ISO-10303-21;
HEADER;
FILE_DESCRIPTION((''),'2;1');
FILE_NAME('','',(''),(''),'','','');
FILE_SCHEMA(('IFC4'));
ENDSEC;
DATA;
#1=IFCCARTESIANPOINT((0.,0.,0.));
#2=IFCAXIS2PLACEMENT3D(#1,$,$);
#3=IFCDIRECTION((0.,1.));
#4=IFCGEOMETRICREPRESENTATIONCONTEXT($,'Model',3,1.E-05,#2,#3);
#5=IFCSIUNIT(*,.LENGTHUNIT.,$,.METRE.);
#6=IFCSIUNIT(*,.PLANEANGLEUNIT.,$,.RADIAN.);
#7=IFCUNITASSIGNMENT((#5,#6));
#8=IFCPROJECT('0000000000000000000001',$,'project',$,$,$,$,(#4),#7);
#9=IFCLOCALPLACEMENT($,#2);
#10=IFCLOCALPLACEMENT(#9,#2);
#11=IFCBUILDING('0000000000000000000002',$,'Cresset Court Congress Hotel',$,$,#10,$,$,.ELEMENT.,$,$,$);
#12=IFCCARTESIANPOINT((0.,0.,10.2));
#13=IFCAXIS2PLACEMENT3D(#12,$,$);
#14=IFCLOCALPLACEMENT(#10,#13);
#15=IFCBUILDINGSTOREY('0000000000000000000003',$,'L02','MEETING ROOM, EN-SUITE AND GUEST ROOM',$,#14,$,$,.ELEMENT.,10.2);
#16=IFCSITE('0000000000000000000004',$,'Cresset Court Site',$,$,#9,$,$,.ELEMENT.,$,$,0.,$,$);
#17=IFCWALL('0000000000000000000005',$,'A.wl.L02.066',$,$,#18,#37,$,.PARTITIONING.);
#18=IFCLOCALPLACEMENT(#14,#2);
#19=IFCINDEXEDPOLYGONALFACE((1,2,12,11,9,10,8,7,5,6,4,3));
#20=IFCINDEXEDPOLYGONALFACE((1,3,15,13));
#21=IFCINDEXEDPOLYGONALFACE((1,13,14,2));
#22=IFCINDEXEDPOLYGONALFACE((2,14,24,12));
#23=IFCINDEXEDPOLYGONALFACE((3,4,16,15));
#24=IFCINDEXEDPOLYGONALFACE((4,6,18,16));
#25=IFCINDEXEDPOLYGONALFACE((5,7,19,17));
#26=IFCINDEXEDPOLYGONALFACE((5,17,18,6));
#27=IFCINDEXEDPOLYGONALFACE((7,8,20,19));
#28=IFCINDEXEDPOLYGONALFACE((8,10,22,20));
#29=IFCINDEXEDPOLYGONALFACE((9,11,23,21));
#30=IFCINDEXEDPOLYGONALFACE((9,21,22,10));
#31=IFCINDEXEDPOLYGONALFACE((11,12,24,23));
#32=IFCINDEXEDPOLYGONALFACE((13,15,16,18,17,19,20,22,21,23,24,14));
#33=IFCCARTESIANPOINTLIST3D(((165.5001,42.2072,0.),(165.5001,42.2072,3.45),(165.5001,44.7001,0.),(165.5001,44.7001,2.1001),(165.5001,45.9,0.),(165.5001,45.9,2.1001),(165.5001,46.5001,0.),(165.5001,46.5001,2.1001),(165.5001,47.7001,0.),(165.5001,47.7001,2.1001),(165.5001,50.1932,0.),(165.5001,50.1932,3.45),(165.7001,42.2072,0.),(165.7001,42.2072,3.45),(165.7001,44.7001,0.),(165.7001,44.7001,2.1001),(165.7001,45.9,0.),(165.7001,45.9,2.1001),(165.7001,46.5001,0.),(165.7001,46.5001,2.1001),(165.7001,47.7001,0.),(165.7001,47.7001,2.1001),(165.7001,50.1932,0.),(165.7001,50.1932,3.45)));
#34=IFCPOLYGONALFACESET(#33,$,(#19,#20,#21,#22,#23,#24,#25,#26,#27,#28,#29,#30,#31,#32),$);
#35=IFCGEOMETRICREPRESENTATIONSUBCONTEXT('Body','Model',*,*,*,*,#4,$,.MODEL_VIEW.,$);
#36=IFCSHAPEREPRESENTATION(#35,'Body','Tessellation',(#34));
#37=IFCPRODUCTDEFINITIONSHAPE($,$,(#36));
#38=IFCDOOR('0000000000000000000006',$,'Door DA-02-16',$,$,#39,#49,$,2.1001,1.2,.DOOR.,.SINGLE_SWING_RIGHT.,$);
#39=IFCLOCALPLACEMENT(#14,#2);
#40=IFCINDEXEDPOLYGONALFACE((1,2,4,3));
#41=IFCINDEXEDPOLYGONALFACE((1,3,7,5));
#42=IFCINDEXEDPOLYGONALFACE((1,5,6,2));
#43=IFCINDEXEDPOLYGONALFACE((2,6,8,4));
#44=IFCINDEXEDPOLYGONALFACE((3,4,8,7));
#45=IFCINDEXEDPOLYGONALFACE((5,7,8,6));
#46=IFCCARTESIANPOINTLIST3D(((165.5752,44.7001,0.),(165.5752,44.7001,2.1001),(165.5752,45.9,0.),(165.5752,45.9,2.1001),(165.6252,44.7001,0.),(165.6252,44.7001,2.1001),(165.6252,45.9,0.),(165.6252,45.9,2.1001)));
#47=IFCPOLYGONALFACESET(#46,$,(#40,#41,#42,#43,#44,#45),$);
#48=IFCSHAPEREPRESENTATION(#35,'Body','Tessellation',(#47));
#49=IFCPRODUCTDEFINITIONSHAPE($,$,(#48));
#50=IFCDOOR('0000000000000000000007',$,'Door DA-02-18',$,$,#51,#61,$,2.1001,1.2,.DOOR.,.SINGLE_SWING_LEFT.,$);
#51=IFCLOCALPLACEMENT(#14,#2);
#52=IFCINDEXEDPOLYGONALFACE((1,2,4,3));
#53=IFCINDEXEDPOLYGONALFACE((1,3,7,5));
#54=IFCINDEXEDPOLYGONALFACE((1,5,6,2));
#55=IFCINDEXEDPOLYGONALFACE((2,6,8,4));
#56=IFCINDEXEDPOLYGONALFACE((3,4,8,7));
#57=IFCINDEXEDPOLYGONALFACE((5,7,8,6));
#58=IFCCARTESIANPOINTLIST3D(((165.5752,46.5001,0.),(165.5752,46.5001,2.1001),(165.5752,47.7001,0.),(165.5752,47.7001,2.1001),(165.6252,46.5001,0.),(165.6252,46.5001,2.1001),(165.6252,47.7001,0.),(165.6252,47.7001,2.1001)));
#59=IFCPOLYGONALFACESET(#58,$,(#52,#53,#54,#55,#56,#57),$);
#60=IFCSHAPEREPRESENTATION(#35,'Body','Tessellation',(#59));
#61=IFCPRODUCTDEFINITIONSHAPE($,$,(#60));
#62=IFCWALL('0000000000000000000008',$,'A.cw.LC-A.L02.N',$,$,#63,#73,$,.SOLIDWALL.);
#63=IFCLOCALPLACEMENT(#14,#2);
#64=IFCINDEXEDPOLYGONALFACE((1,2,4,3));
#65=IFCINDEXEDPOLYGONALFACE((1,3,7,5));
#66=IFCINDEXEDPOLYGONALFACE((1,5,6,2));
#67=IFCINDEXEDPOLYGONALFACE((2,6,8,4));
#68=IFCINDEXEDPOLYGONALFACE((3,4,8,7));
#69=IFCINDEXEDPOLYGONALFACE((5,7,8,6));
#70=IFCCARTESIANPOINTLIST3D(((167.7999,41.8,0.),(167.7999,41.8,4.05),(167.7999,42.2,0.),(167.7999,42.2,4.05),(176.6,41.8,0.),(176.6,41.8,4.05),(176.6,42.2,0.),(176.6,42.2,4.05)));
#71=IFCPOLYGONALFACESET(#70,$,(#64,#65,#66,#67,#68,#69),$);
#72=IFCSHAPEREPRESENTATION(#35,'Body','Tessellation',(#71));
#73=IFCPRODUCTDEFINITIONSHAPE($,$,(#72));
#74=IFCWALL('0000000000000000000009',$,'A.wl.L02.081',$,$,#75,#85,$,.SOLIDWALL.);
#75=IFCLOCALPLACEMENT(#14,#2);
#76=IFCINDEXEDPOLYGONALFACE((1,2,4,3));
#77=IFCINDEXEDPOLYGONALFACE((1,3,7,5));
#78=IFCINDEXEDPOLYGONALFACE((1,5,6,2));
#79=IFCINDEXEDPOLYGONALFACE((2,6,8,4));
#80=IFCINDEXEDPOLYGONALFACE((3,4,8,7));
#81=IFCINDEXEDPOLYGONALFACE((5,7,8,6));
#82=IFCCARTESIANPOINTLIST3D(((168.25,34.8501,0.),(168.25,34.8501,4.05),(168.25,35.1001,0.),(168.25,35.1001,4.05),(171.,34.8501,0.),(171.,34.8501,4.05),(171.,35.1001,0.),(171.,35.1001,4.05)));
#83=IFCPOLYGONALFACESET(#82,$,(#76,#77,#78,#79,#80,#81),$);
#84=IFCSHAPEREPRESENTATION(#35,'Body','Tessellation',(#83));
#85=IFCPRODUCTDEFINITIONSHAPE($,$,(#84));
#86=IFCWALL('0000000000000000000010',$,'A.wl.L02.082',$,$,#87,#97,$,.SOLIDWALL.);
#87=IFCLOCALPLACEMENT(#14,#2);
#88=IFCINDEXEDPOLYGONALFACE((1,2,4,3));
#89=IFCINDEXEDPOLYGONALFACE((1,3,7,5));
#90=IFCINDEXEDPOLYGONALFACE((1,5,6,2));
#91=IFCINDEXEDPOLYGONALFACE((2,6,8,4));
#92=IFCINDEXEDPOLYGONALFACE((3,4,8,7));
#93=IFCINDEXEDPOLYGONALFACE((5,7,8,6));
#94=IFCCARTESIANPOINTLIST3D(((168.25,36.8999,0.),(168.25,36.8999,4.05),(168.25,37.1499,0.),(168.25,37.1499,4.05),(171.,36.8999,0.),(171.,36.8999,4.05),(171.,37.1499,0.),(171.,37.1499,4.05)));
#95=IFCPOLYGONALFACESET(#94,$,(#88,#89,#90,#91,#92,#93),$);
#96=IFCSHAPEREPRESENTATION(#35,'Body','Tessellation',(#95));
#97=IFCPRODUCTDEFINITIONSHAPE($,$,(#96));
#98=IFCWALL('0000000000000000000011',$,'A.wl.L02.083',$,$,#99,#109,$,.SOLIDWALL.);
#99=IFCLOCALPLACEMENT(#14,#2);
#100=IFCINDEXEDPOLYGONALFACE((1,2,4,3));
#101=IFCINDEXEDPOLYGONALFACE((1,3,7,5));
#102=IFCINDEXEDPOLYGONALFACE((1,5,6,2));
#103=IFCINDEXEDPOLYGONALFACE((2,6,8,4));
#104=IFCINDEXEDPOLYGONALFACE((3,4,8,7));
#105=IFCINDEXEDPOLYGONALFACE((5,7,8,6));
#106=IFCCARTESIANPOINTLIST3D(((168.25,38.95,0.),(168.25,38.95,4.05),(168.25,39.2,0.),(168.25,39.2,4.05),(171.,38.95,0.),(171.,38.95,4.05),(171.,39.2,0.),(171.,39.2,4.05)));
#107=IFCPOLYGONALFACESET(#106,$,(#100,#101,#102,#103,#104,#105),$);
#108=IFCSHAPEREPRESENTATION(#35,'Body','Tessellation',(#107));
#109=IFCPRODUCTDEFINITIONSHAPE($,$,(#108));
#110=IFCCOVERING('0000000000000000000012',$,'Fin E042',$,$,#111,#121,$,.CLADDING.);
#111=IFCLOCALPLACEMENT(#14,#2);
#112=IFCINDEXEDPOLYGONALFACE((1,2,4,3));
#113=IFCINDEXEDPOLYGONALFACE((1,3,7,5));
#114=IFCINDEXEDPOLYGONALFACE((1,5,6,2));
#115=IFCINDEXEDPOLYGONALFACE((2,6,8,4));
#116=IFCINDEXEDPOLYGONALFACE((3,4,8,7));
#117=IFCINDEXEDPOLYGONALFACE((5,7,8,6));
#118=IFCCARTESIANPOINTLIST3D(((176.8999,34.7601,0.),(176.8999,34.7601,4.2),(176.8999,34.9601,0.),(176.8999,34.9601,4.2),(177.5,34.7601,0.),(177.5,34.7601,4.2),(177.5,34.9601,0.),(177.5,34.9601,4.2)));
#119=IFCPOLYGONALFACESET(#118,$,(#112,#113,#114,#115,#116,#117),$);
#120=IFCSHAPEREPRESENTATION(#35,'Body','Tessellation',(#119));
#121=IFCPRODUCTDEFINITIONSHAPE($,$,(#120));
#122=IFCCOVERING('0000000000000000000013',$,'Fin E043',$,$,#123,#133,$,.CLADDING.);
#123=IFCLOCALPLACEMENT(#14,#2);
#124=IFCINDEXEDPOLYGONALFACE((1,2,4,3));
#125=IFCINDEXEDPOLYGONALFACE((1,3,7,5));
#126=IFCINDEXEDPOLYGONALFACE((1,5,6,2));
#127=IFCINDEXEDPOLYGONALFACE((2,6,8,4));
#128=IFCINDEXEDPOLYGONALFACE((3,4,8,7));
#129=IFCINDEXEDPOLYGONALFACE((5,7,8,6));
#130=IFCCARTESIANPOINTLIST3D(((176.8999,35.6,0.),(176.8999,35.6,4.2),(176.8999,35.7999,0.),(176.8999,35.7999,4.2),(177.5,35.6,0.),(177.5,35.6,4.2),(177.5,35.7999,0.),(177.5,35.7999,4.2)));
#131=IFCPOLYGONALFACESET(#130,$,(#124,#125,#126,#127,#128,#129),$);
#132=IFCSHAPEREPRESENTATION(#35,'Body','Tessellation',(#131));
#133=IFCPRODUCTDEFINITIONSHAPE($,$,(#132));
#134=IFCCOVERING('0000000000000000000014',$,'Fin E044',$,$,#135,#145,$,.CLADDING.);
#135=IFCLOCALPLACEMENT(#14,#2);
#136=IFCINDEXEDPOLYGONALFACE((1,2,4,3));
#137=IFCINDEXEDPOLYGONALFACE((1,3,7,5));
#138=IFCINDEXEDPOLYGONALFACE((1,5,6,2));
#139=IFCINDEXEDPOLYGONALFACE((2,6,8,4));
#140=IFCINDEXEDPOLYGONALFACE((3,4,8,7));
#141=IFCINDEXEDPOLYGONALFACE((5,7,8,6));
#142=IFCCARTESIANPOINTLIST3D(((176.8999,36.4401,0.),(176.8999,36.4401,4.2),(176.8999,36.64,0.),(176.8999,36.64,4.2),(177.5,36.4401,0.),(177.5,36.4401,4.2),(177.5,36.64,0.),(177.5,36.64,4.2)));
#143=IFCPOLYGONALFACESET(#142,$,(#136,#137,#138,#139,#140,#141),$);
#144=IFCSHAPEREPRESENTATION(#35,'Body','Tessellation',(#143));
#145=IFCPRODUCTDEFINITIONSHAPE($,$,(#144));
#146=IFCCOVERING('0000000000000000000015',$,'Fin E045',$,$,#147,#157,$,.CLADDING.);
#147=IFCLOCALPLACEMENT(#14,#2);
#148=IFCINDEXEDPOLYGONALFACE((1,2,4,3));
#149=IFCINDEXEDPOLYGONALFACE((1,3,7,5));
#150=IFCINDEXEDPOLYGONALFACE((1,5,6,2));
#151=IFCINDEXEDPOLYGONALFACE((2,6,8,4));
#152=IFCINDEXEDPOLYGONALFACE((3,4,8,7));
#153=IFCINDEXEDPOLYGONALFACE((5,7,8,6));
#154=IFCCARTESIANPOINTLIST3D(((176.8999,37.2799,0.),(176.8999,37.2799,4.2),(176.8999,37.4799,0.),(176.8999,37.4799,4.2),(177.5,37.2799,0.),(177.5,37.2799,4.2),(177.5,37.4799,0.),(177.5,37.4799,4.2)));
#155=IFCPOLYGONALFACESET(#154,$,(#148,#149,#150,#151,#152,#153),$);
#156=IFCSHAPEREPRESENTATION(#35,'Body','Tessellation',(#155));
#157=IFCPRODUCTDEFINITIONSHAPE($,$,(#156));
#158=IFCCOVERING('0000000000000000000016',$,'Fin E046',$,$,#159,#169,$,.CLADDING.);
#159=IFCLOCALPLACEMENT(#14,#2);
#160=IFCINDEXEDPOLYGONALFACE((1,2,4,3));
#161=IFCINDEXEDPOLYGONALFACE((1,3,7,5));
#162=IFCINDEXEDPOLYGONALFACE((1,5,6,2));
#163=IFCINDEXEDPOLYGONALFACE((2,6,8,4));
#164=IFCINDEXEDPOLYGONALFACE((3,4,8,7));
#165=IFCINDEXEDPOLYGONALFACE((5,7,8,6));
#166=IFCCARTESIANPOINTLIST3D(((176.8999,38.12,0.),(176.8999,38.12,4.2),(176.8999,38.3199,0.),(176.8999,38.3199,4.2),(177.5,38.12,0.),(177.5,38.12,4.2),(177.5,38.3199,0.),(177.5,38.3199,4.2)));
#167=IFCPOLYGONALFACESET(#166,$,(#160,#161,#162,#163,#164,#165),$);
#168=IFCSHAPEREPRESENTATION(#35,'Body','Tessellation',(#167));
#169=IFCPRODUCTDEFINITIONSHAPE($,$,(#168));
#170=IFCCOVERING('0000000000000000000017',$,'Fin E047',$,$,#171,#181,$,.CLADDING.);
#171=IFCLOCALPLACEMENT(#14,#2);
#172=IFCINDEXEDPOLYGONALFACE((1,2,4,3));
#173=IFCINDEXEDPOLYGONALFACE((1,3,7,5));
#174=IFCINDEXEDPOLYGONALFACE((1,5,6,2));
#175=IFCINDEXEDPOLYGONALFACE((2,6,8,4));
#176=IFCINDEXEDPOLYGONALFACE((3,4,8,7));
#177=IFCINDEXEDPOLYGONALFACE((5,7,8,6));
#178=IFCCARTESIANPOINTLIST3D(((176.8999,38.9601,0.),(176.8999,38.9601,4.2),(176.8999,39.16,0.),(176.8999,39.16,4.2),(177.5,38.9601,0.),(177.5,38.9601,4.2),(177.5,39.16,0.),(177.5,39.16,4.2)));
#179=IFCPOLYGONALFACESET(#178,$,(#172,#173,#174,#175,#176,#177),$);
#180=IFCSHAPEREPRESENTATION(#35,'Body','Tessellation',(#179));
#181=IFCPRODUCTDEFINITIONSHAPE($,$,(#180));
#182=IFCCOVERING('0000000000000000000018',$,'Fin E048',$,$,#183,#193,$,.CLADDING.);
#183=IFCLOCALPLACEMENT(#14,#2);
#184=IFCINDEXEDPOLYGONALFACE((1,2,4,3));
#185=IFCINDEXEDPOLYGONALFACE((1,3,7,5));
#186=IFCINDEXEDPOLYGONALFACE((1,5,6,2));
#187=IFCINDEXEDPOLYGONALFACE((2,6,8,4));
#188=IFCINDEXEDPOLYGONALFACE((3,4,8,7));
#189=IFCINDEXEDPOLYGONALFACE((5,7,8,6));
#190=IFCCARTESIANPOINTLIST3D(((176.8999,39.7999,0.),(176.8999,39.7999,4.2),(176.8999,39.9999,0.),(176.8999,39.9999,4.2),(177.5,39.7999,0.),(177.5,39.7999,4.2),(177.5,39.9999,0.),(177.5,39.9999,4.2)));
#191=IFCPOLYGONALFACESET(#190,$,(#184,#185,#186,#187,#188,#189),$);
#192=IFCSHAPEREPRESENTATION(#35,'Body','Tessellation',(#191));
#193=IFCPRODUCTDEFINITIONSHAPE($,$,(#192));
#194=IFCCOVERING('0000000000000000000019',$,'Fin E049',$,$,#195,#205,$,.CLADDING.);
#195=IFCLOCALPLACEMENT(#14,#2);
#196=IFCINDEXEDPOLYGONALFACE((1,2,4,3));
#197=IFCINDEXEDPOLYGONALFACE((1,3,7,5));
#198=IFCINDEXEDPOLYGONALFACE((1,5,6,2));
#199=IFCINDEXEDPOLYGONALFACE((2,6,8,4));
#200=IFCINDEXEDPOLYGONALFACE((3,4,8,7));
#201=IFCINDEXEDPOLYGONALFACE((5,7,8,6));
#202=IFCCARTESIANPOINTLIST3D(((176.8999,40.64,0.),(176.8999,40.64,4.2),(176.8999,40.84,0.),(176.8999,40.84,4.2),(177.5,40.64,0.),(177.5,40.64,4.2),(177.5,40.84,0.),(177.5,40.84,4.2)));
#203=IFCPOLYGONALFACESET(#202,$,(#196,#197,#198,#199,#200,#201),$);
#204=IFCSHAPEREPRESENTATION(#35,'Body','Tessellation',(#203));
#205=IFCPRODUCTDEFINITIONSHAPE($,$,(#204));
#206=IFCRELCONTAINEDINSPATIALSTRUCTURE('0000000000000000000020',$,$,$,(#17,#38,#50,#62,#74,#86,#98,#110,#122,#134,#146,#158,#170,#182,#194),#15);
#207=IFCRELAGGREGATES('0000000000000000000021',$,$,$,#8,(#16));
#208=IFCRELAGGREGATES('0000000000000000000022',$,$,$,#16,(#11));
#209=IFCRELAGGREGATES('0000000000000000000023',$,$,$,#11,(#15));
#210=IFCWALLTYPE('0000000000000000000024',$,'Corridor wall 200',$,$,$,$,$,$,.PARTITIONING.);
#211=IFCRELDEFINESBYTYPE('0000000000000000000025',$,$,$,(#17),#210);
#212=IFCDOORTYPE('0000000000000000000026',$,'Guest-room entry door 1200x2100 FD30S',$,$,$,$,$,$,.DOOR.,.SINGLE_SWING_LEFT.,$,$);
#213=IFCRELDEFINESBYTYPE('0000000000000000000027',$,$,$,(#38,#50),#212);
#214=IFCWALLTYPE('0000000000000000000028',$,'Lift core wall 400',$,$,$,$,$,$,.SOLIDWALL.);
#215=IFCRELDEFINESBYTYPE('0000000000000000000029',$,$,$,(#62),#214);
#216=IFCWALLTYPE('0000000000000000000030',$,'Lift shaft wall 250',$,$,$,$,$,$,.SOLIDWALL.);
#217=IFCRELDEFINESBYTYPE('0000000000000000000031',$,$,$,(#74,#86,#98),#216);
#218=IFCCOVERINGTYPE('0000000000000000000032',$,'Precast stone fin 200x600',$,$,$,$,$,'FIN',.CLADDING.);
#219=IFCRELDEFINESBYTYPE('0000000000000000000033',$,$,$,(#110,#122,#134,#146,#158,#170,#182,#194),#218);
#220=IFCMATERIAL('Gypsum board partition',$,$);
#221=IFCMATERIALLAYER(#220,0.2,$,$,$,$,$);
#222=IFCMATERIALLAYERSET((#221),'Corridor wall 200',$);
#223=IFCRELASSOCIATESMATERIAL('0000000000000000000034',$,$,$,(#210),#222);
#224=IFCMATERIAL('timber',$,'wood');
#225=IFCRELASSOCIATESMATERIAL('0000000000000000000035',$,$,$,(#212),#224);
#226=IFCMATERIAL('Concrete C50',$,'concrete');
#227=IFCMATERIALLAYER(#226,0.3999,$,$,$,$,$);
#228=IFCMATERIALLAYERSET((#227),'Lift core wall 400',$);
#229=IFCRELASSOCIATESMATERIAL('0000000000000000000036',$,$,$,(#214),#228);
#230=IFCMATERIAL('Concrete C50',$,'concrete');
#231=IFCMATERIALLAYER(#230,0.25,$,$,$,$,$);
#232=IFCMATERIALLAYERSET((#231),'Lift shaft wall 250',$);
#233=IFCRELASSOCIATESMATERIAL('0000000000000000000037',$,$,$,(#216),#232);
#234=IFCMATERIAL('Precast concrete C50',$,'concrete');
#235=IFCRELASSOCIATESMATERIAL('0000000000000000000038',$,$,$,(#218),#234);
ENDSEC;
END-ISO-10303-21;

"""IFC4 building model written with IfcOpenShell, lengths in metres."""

from ifc_helpers import new_model, si_unit, direction, frame, frame_2d, origin, origin_2d, place, context, subcontext, project, spatial, rectangle, extrude, material, layer, layer_set, type_object, element, fill, save


model = new_model("IFC4")

# Units and contexts
model_context = context("Model", 3, precision=1e-05, world=origin(), true_north=direction((0.0, 1.0)))
body_context = subcontext(model_context, "Body", "Model", "MODEL_VIEW")
ifc_project = project(units=[si_unit("LENGTHUNIT", "METRE"), si_unit("PLANEANGLEUNIT", "RADIAN")], contexts=[model_context])

# Site, building, storey
site_placement = place(None, origin())
site = spatial("IfcSite", under=ifc_project, at=site_placement, Name="Cresset Court Site", CompositionType="ELEMENT", RefElevation=0.0)
building_placement = place(site_placement, origin())
building = spatial("IfcBuilding", under=site, at=building_placement, Name="Cresset Court Congress Hotel", CompositionType="ELEMENT")
storey_placement = place(building_placement, frame((0.0, 0.0, 10.2)))
storey = spatial("IfcBuildingStorey", under=building, at=storey_placement, Name="L02", Description="MEETING ROOM, EN-SUITE AND GUEST ROOM", CompositionType="ELEMENT", Elevation=10.2)

# Wall, openings, doors
ifc_material_1 = material(Name="Gypsum board partition")
ifc_layer_1 = layer(ifc_material_1, 0.2)
ifc_layer_set_1 = layer_set([ifc_layer_1], Name="Corridor wall 200")
wall_type_1 = type_object("IfcWallType", Name="Corridor wall 200", PredefinedType="PARTITIONING", material=ifc_layer_set_1)
ifc_material_2 = material(Name="timber", Category="wood")
door_type_1 = type_object("IfcDoorType", Name="Guest-room entry door 1200x2100 FD30S", OperationType="SINGLE_SWING_LEFT", PredefinedType="DOOR", material=ifc_material_2)
wall_1_placement = place(storey_placement, frame((165.6001, 42.207, 0.0), z_axis=(0.0, 0.0, 1.0), x_axis=(0.0, 1.0, 0.0)))
wall_1 = element("IfcWall", 1, at=wall_1_placement, inside=storey, type_object=wall_type_1, Name="A.wl.L02.066", PredefinedType="PARTITIONING", context=body_context, shape_type="SweptSolid", body=[
    extrude(rectangle(XDim=7.9861, YDim=0.2, at=frame_2d((3.9932, 0.0))), origin(), (0.0, 0.0, 1.0), 3.45),
])
opening_1_placement = place(wall_1_placement, frame((2.4929, 0.0, 0.0)))
opening_1 = element("IfcOpeningElement", 2, at=opening_1_placement, cuts=wall_1, PredefinedType="OPENING", context=body_context, shape_type="SweptSolid", body=[
    extrude(rectangle(XDim=1.2, YDim=2.1001, at=frame_2d((0.6001, 1.05))), frame((0.0, 0.1099, 0.0), z_axis=(0.0, -1.0, 0.0), x_axis=(1.0, 0.0, 0.0)), (0.0, 0.0, 1.0), 0.22),
])
opening_2_placement = place(wall_1_placement, frame((4.293, 0.0, 0.0)))
opening_2 = element("IfcOpeningElement", 3, at=opening_2_placement, cuts=wall_1, PredefinedType="OPENING", context=body_context, shape_type="SweptSolid", body=[
    extrude(rectangle(XDim=1.2, YDim=2.1001, at=frame_2d((0.6001, 1.05))), frame((0.0, 0.1099, 0.0), z_axis=(0.0, -1.0, 0.0), x_axis=(1.0, 0.0, 0.0)), (0.0, 0.0, 1.0), 0.22),
])
door_1_placement = place(opening_1_placement, origin())
door_1 = element("IfcDoor", 4, at=door_1_placement, inside=storey, type_object=door_type_1, Name="Door DA-02-16", OperationType="SINGLE_SWING_RIGHT", OverallHeight=2.1001, OverallWidth=1.2, PredefinedType="DOOR", context=body_context, shape_type="SweptSolid", body=[
    extrude(rectangle(XDim=1.2, YDim=2.1001, at=frame_2d((0.6001, 1.05))), frame((0.0, 0.0249, 0.0), z_axis=(0.0, -1.0, 0.0), x_axis=(1.0, 0.0, 0.0)), (0.0, 0.0, 1.0), 0.05),
])
fill(opening_1, door_1)
door_2_placement = place(opening_2_placement, origin())
door_2 = element("IfcDoor", 5, at=door_2_placement, inside=storey, type_object=door_type_1, Name="Door DA-02-18", OperationType="SINGLE_SWING_LEFT", OverallHeight=2.1001, OverallWidth=1.2, PredefinedType="DOOR", context=body_context, shape_type="SweptSolid", body=[
    extrude(rectangle(XDim=1.2, YDim=2.1001, at=frame_2d((0.6001, 1.05))), frame((0.0, 0.0249, 0.0), z_axis=(0.0, -1.0, 0.0), x_axis=(1.0, 0.0, 0.0)), (0.0, 0.0, 1.0), 0.05),
])
fill(opening_2, door_2)

# Walls
ifc_material_3 = material(Name="Concrete C50", Category="concrete")
ifc_layer_2 = layer(ifc_material_3, 0.3999)
ifc_layer_set_2 = layer_set([ifc_layer_2], Name="Lift core wall 400")
wall_type_2 = type_object("IfcWallType", Name="Lift core wall 400", PredefinedType="SOLIDWALL", material=ifc_layer_set_2)
wall_2_placement = place(storey_placement, frame((167.8, 42.0, 0.0), z_axis=(0.0, 0.0, 1.0), x_axis=(1.0, 0.0, 0.0)))
element("IfcWall", 6, at=wall_2_placement, inside=storey, type_object=wall_type_2, Name="A.cw.LC-A.L02.N", PredefinedType="SOLIDWALL", context=body_context, shape_type="SweptSolid", body=[
    extrude(rectangle(XDim=8.8, YDim=0.3999, at=frame_2d((4.3999, 0.0))), origin(), (0.0, 0.0, 1.0), 4.05),
])
ifc_material_4 = material(Name="Concrete C50", Category="concrete")
ifc_layer_3 = layer(ifc_material_4, 0.25)
ifc_layer_set_3 = layer_set([ifc_layer_3], Name="Lift shaft wall 250")
wall_type_3 = type_object("IfcWallType", Name="Lift shaft wall 250", PredefinedType="SOLIDWALL", material=ifc_layer_set_3)
for number, where, z_axis, x_axis, name in (
    (7, (168.25, 34.9751, 0.0), (0.0, 0.0, 1.0), (1.0, 0.0, 0.0), "A.wl.L02.081"),
    (8, (168.25, 37.0249, 0.0), (0.0, 0.0, 1.0), (1.0, 0.0, 0.0), "A.wl.L02.082"),
    (9, (168.25, 39.075, 0.0), (0.0, 0.0, 1.0), (1.0, 0.0, 0.0), "A.wl.L02.083"),
):
    element("IfcWall", number, at=place(storey_placement, frame(where, z_axis=z_axis, x_axis=x_axis)), inside=storey, type_object=wall_type_3, Name=name, PredefinedType="SOLIDWALL", context=body_context, shape_type="SweptSolid", body=[
        extrude(rectangle(XDim=2.75, YDim=0.25, at=frame_2d((1.375, 0.0))), origin(), (0.0, 0.0, 1.0), 4.05),
    ])

# Coverings
ifc_material_5 = material(Name="Precast concrete C50", Category="concrete")
covering_type_1 = type_object("IfcCoveringType", Name="Precast stone fin 200x600", ElementType="FIN", PredefinedType="CLADDING", material=ifc_material_5)
for number, where, z_axis, x_axis, name in (
    (10, (177.2, 34.8601, 0.0), (0.0, 0.0, 1.0), (1.0, 0.0, 0.0), "Fin E042"),
    (11, (177.2, 35.7, 0.0), (0.0, 0.0, 1.0), (1.0, 0.0, 0.0), "Fin E043"),
    (12, (177.2, 36.54, 0.0), (0.0, 0.0, 1.0), (1.0, 0.0, 0.0), "Fin E044"),
    (13, (177.2, 37.3799, 0.0), (0.0, 0.0, 1.0), (1.0, 0.0, 0.0), "Fin E045"),
    (14, (177.2, 38.22, 0.0), (0.0, 0.0, 1.0), (1.0, 0.0, 0.0), "Fin E046"),
    (15, (177.2, 39.0601, 0.0), (0.0, 0.0, 1.0), (1.0, 0.0, 0.0), "Fin E047"),
    (16, (177.2, 39.8999, 0.0), (0.0, 0.0, 1.0), (1.0, 0.0, 0.0), "Fin E048"),
    (17, (177.2, 40.74, 0.0), (0.0, 0.0, 1.0), (1.0, 0.0, 0.0), "Fin E049"),
):
    element("IfcCovering", number, at=place(storey_placement, frame(where, z_axis=z_axis, x_axis=x_axis)), inside=storey, type_object=covering_type_1, Name=name, PredefinedType="CLADDING", context=body_context, shape_type="SweptSolid", body=[
        extrude(rectangle(XDim=0.6001, YDim=0.2, at=origin_2d()), origin(), (0.0, 0.0, 1.0), 4.2),
    ])

save(model, "model.ifc")
